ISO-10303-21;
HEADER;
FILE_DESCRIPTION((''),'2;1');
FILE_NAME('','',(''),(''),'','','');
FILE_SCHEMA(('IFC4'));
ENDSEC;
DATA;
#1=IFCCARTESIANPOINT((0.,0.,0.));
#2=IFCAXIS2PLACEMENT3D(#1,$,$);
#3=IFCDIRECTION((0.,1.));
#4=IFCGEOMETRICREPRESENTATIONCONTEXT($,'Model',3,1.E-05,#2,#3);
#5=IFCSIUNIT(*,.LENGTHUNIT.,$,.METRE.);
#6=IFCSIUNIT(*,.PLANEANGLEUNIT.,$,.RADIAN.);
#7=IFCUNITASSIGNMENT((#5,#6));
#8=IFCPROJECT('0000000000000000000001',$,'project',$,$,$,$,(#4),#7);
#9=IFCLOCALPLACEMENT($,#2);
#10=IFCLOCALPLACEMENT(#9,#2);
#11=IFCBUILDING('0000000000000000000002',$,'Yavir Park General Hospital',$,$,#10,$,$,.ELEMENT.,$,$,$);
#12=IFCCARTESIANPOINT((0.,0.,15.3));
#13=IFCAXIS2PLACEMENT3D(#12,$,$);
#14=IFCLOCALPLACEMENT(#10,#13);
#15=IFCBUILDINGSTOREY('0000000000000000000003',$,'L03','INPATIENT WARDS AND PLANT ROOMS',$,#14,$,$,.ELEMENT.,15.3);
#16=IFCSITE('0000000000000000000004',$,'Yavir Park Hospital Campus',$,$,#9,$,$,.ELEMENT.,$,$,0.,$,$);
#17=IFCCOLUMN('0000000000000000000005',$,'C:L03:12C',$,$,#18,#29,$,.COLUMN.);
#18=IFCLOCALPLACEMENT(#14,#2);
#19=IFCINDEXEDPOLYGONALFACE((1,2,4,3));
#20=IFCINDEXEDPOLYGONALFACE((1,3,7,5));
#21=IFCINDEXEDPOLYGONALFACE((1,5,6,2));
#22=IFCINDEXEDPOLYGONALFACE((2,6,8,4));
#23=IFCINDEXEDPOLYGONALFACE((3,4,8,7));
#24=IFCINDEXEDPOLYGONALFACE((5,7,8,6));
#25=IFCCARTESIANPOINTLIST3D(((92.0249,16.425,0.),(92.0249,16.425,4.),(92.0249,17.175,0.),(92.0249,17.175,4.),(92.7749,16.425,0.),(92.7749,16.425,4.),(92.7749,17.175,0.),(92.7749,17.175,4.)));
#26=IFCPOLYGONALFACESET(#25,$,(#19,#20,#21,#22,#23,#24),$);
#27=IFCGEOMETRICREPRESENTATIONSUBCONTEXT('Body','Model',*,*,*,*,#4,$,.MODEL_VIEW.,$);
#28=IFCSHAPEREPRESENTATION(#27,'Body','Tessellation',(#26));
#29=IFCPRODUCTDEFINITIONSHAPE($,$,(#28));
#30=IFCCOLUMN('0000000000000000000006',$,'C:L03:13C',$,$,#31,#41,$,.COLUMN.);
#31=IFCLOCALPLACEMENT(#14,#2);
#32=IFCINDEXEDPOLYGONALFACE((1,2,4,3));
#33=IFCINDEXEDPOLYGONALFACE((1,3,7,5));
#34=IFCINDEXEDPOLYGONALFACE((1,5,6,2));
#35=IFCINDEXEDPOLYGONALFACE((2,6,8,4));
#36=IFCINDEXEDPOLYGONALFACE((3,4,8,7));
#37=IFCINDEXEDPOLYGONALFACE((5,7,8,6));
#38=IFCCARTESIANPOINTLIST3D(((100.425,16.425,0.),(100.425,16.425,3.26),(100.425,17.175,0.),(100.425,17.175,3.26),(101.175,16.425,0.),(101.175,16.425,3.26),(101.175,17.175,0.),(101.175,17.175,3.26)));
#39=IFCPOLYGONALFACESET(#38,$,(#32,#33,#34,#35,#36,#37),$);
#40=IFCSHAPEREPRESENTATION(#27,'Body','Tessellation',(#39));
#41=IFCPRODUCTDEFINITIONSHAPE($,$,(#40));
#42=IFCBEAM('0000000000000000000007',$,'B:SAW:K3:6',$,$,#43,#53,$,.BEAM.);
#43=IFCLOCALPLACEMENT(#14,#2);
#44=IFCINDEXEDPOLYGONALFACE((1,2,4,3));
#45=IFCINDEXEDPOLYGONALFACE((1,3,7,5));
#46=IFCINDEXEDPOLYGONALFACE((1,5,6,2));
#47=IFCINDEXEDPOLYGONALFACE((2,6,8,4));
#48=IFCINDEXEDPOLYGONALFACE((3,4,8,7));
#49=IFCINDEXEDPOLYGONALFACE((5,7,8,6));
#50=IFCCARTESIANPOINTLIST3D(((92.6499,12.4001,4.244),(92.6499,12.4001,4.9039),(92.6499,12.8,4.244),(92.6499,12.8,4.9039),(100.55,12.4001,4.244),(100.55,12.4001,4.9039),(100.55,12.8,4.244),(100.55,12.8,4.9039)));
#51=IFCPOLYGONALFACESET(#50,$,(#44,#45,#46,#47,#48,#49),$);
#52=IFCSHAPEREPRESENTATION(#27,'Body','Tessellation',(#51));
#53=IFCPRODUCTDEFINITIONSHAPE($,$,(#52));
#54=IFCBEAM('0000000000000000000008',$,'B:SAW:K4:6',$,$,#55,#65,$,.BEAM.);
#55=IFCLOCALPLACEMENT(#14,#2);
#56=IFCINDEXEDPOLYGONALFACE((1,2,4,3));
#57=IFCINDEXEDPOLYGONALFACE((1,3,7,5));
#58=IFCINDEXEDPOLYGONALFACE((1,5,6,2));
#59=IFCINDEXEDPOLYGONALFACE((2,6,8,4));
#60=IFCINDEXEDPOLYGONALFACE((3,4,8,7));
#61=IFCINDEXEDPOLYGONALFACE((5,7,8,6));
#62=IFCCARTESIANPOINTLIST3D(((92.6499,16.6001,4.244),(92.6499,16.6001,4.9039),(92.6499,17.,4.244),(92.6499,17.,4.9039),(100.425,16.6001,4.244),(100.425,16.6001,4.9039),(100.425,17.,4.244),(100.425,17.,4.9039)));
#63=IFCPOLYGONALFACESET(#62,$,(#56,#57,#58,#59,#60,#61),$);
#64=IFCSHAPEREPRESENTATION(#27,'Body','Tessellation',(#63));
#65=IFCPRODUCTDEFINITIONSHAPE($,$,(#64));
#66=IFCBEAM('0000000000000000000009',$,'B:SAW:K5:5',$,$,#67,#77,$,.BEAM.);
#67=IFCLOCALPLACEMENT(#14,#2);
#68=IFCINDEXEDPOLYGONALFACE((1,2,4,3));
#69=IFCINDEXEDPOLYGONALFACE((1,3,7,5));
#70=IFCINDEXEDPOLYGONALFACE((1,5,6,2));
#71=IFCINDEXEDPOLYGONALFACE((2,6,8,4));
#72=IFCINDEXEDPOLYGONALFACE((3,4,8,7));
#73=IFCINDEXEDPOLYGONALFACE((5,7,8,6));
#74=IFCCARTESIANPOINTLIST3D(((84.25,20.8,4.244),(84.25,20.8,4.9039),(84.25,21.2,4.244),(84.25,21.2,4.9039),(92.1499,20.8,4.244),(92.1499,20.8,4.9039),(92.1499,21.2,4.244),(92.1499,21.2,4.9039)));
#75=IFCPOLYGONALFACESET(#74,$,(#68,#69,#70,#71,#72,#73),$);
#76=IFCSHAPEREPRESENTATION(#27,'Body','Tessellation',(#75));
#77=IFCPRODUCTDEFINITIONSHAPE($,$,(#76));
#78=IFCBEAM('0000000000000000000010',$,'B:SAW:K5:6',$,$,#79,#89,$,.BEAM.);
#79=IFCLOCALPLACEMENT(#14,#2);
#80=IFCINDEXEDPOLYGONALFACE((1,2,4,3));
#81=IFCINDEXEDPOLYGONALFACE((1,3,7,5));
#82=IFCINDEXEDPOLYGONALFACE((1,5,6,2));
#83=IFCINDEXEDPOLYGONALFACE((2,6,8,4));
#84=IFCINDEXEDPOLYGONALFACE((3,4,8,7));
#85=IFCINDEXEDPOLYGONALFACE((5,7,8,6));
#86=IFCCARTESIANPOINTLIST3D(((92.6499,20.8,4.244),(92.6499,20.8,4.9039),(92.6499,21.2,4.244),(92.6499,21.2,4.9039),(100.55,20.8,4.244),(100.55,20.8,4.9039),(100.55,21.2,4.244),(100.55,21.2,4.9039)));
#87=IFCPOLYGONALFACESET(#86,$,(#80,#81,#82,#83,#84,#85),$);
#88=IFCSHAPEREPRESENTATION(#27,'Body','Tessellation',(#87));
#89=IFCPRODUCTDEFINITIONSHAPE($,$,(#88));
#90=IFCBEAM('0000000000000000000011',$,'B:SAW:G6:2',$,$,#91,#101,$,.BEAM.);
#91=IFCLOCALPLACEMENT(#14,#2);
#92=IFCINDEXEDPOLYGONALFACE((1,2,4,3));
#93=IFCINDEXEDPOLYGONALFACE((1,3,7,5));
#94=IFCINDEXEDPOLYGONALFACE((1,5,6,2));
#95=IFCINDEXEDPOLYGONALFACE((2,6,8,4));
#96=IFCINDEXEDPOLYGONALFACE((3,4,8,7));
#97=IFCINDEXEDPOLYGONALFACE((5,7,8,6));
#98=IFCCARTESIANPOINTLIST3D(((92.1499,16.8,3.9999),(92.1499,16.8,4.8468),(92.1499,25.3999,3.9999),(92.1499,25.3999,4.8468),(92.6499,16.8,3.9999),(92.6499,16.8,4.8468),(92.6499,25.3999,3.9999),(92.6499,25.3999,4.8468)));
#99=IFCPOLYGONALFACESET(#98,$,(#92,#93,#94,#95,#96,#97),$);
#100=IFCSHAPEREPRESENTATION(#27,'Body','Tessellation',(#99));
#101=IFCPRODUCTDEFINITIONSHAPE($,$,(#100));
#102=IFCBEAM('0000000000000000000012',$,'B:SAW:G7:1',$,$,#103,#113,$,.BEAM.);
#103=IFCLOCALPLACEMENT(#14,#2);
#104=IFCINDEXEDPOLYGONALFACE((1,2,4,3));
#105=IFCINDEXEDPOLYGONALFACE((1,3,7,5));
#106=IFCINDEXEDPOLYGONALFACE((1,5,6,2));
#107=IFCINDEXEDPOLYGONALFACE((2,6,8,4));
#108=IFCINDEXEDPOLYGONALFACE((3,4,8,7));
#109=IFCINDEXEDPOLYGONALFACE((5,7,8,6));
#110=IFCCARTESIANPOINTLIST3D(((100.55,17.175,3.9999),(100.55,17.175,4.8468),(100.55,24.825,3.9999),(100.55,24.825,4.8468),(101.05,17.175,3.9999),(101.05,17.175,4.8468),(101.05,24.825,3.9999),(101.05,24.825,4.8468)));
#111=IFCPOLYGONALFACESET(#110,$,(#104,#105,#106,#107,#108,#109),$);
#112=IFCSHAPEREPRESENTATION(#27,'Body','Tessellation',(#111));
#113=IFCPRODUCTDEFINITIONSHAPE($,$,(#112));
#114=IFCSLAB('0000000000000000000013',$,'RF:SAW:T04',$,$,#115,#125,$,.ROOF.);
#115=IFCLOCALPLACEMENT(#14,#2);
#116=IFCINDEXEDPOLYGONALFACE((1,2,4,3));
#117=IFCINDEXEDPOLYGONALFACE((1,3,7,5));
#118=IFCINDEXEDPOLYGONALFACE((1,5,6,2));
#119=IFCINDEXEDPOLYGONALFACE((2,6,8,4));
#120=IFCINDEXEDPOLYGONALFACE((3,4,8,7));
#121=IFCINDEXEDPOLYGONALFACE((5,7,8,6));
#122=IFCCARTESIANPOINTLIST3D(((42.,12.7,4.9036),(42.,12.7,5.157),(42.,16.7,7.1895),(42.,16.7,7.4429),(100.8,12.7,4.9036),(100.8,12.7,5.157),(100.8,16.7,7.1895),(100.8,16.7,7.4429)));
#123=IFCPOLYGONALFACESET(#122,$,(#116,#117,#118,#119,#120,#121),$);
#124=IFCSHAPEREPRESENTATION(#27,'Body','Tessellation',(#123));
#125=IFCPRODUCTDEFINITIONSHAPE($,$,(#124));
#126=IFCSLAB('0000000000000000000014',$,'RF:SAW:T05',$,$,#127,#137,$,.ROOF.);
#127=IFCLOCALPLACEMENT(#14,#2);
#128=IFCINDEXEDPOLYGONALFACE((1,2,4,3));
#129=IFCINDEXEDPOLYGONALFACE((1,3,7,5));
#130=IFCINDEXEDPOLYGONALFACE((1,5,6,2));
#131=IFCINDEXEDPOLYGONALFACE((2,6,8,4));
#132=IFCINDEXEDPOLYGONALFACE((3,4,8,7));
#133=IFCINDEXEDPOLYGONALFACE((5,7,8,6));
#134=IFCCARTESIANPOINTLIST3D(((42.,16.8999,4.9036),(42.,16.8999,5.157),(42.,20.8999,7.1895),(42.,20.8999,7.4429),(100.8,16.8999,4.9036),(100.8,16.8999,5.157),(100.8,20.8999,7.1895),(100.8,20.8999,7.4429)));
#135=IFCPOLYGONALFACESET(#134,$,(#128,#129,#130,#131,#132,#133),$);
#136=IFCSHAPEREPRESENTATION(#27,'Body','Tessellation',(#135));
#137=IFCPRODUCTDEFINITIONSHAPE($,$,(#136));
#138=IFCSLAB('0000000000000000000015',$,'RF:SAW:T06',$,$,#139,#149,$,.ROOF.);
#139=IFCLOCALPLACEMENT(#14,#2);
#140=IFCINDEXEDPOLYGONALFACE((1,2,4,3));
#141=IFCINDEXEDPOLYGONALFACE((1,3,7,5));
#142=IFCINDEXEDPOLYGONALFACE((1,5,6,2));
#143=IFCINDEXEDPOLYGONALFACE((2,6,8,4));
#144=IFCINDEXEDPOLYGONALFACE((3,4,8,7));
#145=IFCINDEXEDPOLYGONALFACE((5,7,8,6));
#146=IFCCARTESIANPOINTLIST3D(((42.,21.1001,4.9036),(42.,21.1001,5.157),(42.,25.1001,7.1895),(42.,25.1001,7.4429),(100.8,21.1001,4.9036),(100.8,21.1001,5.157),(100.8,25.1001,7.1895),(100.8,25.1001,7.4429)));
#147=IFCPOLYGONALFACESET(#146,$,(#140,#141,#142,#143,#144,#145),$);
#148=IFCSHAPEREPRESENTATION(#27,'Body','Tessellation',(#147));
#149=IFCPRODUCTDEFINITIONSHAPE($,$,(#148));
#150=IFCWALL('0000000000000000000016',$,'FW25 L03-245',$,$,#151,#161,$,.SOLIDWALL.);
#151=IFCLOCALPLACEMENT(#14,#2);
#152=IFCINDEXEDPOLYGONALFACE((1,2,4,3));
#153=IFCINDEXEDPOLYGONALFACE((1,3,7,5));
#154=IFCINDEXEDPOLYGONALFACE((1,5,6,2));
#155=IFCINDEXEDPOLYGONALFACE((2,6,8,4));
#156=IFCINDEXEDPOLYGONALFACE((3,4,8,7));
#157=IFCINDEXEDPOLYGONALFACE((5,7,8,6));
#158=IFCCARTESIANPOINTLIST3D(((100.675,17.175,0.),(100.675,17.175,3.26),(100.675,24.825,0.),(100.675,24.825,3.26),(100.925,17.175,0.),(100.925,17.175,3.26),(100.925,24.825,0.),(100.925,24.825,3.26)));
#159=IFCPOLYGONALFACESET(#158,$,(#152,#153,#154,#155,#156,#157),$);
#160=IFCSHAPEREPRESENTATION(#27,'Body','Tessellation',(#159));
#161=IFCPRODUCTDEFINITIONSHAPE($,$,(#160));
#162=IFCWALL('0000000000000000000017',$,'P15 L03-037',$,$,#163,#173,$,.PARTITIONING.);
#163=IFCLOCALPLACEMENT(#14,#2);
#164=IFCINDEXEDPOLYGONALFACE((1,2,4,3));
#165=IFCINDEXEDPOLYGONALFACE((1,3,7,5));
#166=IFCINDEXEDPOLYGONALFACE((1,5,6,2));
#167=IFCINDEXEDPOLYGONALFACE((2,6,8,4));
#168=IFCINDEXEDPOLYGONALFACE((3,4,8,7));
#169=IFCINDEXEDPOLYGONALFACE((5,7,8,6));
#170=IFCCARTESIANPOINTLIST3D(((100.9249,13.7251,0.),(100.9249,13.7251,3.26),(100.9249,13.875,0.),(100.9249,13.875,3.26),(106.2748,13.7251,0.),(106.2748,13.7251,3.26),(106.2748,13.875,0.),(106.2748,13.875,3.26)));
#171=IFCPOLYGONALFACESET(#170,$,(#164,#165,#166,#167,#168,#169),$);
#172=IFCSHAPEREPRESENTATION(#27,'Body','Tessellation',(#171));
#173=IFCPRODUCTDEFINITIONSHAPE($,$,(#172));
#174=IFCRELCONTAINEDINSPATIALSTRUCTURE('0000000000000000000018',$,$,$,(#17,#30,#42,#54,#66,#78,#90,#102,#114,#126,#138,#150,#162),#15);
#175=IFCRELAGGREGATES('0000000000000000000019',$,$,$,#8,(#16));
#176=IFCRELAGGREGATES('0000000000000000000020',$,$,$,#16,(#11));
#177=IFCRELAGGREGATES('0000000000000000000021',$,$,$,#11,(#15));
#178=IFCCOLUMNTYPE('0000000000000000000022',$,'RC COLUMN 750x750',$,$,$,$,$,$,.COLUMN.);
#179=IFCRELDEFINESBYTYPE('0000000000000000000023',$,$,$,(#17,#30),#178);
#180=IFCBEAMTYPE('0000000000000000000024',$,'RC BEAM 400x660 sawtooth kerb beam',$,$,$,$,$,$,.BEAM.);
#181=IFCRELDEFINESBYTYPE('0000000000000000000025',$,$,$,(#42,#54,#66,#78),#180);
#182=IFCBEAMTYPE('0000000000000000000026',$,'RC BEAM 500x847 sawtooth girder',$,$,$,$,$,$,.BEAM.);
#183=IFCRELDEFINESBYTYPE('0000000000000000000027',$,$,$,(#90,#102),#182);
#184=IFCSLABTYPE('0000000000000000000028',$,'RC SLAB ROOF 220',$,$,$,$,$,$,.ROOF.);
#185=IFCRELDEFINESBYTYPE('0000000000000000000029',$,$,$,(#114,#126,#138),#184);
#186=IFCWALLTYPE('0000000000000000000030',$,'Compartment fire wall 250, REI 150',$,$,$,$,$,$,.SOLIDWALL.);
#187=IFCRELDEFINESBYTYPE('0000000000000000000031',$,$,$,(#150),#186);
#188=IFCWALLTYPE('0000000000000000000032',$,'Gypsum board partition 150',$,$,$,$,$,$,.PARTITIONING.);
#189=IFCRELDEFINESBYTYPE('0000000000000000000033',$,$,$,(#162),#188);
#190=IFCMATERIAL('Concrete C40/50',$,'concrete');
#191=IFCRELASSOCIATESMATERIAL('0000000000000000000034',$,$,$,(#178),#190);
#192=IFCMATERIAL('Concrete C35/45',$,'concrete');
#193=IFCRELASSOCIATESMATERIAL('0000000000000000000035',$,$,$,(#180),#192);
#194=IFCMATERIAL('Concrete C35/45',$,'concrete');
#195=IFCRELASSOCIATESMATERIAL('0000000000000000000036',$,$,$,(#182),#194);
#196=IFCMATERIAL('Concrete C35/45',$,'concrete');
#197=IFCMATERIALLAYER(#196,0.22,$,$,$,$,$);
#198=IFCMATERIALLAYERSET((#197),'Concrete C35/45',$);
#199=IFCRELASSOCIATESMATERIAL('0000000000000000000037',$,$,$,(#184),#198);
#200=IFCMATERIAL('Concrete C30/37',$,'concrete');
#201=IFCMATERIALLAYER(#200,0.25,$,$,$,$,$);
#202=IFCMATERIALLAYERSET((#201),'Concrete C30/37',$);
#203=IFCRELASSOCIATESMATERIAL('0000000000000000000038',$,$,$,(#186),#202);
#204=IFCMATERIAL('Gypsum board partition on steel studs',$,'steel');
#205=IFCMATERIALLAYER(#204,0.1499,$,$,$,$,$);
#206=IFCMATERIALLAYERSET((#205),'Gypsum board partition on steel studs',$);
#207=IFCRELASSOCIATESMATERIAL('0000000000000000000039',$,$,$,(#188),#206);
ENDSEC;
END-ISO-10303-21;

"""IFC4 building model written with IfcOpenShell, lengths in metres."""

from ifc_helpers import new_model, si_unit, direction, frame, frame_2d, origin, origin_2d, place, context, subcontext, project, spatial, polyline, rectangle, outline, extrude, material, layer, layer_set, material_profile, profile_set, type_object, element, save


model = new_model("IFC4")

# Units and contexts
model_context = context("Model", 3, precision=1e-05, world=origin(), true_north=direction((0.0, 1.0)))
body_context = subcontext(model_context, "Body", "Model", "MODEL_VIEW")
ifc_project = project(units=[si_unit("LENGTHUNIT", "METRE"), si_unit("PLANEANGLEUNIT", "RADIAN")], contexts=[model_context])

# Site, building, storey
site_placement = place(None, origin())
site = spatial("IfcSite", under=ifc_project, at=site_placement, Name="Yavir Park Hospital Campus", CompositionType="ELEMENT", RefElevation=0.0)
building_placement = place(site_placement, origin())
building = spatial("IfcBuilding", under=site, at=building_placement, Name="Yavir Park General Hospital", CompositionType="ELEMENT")
storey_placement = place(building_placement, frame((0.0, 0.0, 15.3)))
storey = spatial("IfcBuildingStorey", under=building, at=storey_placement, Name="L03", Description="INPATIENT WARDS AND PLANT ROOMS", CompositionType="ELEMENT", Elevation=15.3)

# Columns
ifc_material_1 = material(Name="Concrete C40/50", Category="concrete")
ifc_material_profile_1 = material_profile(ifc_material_1, rectangle(XDim=0.75, YDim=0.75, at=origin_2d()), Name="RC750x750")
ifc_profile_set_1 = profile_set([ifc_material_profile_1], Name="Concrete C40/50")
column_type = type_object("IfcColumnType", Name="RC COLUMN 750x750", PredefinedType="COLUMN", material=ifc_profile_set_1)
column_1_placement = place(storey_placement, frame((92.3999, 16.8, 0.0), z_axis=(0.0, 0.0, 1.0), x_axis=(1.0, 0.0, 0.0)))
element("IfcColumn", 1, at=column_1_placement, inside=storey, type_object=column_type, Name="C:L03:12C", PredefinedType="COLUMN", context=body_context, shape_type="SweptSolid", body=[
    extrude(rectangle(XDim=0.75, YDim=0.75, at=origin_2d()), origin(), (0.0, 0.0, 1.0), 4.0),
])
column_2_placement = place(storey_placement, frame((100.8, 16.8, 0.0), z_axis=(0.0, 0.0, 1.0), x_axis=(1.0, 0.0, 0.0)))
element("IfcColumn", 2, at=column_2_placement, inside=storey, type_object=column_type, Name="C:L03:13C", PredefinedType="COLUMN", context=body_context, shape_type="SweptSolid", body=[
    extrude(rectangle(XDim=0.75, YDim=0.75, at=origin_2d()), origin(), (0.0, 0.0, 1.0), 3.26),
])

# Beams
ifc_material_2 = material(Name="Concrete C35/45", Category="concrete")
ifc_material_profile_2 = material_profile(ifc_material_2, rectangle(XDim=0.3999, YDim=0.6599, at=origin_2d()), Name="RC400x660")
ifc_profile_set_2 = profile_set([ifc_material_profile_2], Name="Concrete C35/45")
beam_type_1 = type_object("IfcBeamType", Name="RC BEAM 400x660 sawtooth kerb beam", PredefinedType="BEAM", material=ifc_profile_set_2)
beam_1_placement = place(storey_placement, frame((92.6499, 12.6001, 4.574), z_axis=(1.0, 0.0, 0.0), x_axis=(0.0, 1.0, 0.0)))
element("IfcBeam", 3, at=beam_1_placement, inside=storey, type_object=beam_type_1, Name="B:SAW:K3:6", PredefinedType="BEAM", context=body_context, shape_type="SweptSolid", body=[
    extrude(rectangle(XDim=0.3999, YDim=0.6599, at=origin_2d()), origin(), (0.0, 0.0, 1.0), 7.9001),
])
beam_2_placement = place(storey_placement, frame((92.6499, 16.8, 4.574), z_axis=(1.0, 0.0, 0.0), x_axis=(0.0, 1.0, 0.0)))
element("IfcBeam", 4, at=beam_2_placement, inside=storey, type_object=beam_type_1, Name="B:SAW:K4:6", PredefinedType="BEAM", context=body_context, shape_type="SweptSolid", body=[
    extrude(rectangle(XDim=0.3999, YDim=0.6599, at=origin_2d()), origin(), (0.0, 0.0, 1.0), 7.7751),
])
beam_3_placement = place(storey_placement, frame((84.25, 21.0, 4.574), z_axis=(1.0, 0.0, 0.0), x_axis=(0.0, 1.0, 0.0)))
element("IfcBeam", 5, at=beam_3_placement, inside=storey, type_object=beam_type_1, Name="B:SAW:K5:5", PredefinedType="BEAM", context=body_context, shape_type="SweptSolid", body=[
    extrude(rectangle(XDim=0.3999, YDim=0.6599, at=origin_2d()), origin(), (0.0, 0.0, 1.0), 7.8999),
])
beam_4_placement = place(storey_placement, frame((92.6499, 21.0, 4.574), z_axis=(1.0, 0.0, 0.0), x_axis=(0.0, 1.0, 0.0)))
element("IfcBeam", 6, at=beam_4_placement, inside=storey, type_object=beam_type_1, Name="B:SAW:K5:6", PredefinedType="BEAM", context=body_context, shape_type="SweptSolid", body=[
    extrude(rectangle(XDim=0.3999, YDim=0.6599, at=origin_2d()), origin(), (0.0, 0.0, 1.0), 7.9001),
])
ifc_material_3 = material(Name="Concrete C35/45", Category="concrete")
ifc_material_profile_3 = material_profile(ifc_material_3, rectangle(XDim=0.5, YDim=0.8469, at=origin_2d()), Name="RC500x847")
ifc_profile_set_3 = profile_set([ifc_material_profile_3], Name="Concrete C35/45")
beam_type_2 = type_object("IfcBeamType", Name="RC BEAM 500x847 sawtooth girder", PredefinedType="BEAM", material=ifc_profile_set_3)
beam_5_placement = place(storey_placement, frame((92.3999, 16.8, 4.4233), z_axis=(0.0, 1.0, 0.0), x_axis=(-1.0, 0.0, 0.0)))
element("IfcBeam", 7, at=beam_5_placement, inside=storey, type_object=beam_type_2, Name="B:SAW:G6:2", PredefinedType="BEAM", context=body_context, shape_type="SweptSolid", body=[
    extrude(rectangle(XDim=0.5, YDim=0.8469, at=origin_2d()), origin(), (0.0, 0.0, 1.0), 8.5999),
])
beam_6_placement = place(storey_placement, frame((100.8, 17.175, 4.4233), z_axis=(0.0, 1.0, 0.0), x_axis=(-1.0, 0.0, 0.0)))
element("IfcBeam", 8, at=beam_6_placement, inside=storey, type_object=beam_type_2, Name="B:SAW:G7:1", PredefinedType="BEAM", context=body_context, shape_type="SweptSolid", body=[
    extrude(rectangle(XDim=0.5, YDim=0.8469, at=origin_2d()), origin(), (0.0, 0.0, 1.0), 7.6499),
])

# Slabs
ifc_material_4 = material(Name="Concrete C35/45", Category="concrete")
ifc_layer_1 = layer(ifc_material_4, 0.22)
ifc_layer_set_1 = layer_set([ifc_layer_1], Name="Concrete C35/45")
slab_type = type_object("IfcSlabType", Name="RC SLAB ROOF 220", PredefinedType="ROOF", material=ifc_layer_set_1)
for number, where, z_axis, x_axis, name in (
    (9, (100.8, 12.7, 5.157), (0.0, 0.0, 1.0), (0.0, 1.0, 0.0), "RF:SAW:T04"),
    (10, (100.8, 16.8999, 5.157), (0.0, 0.0, 1.0), (0.0, 1.0, 0.0), "RF:SAW:T05"),
    (11, (100.8, 21.1001, 5.157), (0.0, 0.0, 1.0), (0.0, 1.0, 0.0), "RF:SAW:T06"),
):
    element("IfcSlab", number, at=place(storey_placement, frame(where, z_axis=z_axis, x_axis=x_axis)), inside=storey, type_object=slab_type, Name=name, PredefinedType="ROOF", context=body_context, shape_type="SweptSolid", body=[
        extrude(outline(polyline([(0.0, 0.0), (4.0, 2.2859), (4.0, 2.0325), (0.0, -0.2534), (0.0, 0.0)])), frame((0.0, 58.8, 0.0), z_axis=(0.0, -1.0, 0.0), x_axis=(1.0, 0.0, 0.0)), (0.0, 0.0, 1.0), 58.8),
    ])

# Walls
ifc_material_5 = material(Name="Concrete C30/37", Category="concrete")
ifc_layer_2 = layer(ifc_material_5, 0.25)
ifc_layer_set_2 = layer_set([ifc_layer_2], Name="Concrete C30/37")
wall_type_1 = type_object("IfcWallType", Name="Compartment fire wall 250, REI 150", PredefinedType="SOLIDWALL", material=ifc_layer_set_2)
wall_1_placement = place(storey_placement, frame((100.8, 17.175, 0.0), z_axis=(0.0, 0.0, 1.0), x_axis=(0.0, 1.0, 0.0)))
element("IfcWall", 12, at=wall_1_placement, inside=storey, type_object=wall_type_1, Name="FW25 L03-245", PredefinedType="SOLIDWALL", context=body_context, shape_type="SweptSolid", body=[
    extrude(rectangle(XDim=7.6499, YDim=0.25, at=frame_2d((3.825, 0.0))), origin(), (0.0, 0.0, 1.0), 3.26),
])
ifc_material_6 = material(Name="Gypsum board partition on steel studs", Category="steel")
ifc_layer_3 = layer(ifc_material_6, 0.1499)
ifc_layer_set_3 = layer_set([ifc_layer_3], Name="Gypsum board partition on steel studs")
wall_type_2 = type_object("IfcWallType", Name="Gypsum board partition 150", PredefinedType="PARTITIONING", material=ifc_layer_set_3)
wall_2_placement = place(storey_placement, frame((100.925, 13.8, 0.0), z_axis=(0.0, 0.0, 1.0), x_axis=(1.0, 0.0, 0.0)))
element("IfcWall", 13, at=wall_2_placement, inside=storey, type_object=wall_type_2, Name="P15 L03-037", PredefinedType="PARTITIONING", context=body_context, shape_type="SweptSolid", body=[
    extrude(rectangle(XDim=5.3499, YDim=0.1499, at=frame_2d((2.6748, 0.0))), origin(), (0.0, 0.0, 1.0), 3.26),
])

save(model, "model.ifc")
